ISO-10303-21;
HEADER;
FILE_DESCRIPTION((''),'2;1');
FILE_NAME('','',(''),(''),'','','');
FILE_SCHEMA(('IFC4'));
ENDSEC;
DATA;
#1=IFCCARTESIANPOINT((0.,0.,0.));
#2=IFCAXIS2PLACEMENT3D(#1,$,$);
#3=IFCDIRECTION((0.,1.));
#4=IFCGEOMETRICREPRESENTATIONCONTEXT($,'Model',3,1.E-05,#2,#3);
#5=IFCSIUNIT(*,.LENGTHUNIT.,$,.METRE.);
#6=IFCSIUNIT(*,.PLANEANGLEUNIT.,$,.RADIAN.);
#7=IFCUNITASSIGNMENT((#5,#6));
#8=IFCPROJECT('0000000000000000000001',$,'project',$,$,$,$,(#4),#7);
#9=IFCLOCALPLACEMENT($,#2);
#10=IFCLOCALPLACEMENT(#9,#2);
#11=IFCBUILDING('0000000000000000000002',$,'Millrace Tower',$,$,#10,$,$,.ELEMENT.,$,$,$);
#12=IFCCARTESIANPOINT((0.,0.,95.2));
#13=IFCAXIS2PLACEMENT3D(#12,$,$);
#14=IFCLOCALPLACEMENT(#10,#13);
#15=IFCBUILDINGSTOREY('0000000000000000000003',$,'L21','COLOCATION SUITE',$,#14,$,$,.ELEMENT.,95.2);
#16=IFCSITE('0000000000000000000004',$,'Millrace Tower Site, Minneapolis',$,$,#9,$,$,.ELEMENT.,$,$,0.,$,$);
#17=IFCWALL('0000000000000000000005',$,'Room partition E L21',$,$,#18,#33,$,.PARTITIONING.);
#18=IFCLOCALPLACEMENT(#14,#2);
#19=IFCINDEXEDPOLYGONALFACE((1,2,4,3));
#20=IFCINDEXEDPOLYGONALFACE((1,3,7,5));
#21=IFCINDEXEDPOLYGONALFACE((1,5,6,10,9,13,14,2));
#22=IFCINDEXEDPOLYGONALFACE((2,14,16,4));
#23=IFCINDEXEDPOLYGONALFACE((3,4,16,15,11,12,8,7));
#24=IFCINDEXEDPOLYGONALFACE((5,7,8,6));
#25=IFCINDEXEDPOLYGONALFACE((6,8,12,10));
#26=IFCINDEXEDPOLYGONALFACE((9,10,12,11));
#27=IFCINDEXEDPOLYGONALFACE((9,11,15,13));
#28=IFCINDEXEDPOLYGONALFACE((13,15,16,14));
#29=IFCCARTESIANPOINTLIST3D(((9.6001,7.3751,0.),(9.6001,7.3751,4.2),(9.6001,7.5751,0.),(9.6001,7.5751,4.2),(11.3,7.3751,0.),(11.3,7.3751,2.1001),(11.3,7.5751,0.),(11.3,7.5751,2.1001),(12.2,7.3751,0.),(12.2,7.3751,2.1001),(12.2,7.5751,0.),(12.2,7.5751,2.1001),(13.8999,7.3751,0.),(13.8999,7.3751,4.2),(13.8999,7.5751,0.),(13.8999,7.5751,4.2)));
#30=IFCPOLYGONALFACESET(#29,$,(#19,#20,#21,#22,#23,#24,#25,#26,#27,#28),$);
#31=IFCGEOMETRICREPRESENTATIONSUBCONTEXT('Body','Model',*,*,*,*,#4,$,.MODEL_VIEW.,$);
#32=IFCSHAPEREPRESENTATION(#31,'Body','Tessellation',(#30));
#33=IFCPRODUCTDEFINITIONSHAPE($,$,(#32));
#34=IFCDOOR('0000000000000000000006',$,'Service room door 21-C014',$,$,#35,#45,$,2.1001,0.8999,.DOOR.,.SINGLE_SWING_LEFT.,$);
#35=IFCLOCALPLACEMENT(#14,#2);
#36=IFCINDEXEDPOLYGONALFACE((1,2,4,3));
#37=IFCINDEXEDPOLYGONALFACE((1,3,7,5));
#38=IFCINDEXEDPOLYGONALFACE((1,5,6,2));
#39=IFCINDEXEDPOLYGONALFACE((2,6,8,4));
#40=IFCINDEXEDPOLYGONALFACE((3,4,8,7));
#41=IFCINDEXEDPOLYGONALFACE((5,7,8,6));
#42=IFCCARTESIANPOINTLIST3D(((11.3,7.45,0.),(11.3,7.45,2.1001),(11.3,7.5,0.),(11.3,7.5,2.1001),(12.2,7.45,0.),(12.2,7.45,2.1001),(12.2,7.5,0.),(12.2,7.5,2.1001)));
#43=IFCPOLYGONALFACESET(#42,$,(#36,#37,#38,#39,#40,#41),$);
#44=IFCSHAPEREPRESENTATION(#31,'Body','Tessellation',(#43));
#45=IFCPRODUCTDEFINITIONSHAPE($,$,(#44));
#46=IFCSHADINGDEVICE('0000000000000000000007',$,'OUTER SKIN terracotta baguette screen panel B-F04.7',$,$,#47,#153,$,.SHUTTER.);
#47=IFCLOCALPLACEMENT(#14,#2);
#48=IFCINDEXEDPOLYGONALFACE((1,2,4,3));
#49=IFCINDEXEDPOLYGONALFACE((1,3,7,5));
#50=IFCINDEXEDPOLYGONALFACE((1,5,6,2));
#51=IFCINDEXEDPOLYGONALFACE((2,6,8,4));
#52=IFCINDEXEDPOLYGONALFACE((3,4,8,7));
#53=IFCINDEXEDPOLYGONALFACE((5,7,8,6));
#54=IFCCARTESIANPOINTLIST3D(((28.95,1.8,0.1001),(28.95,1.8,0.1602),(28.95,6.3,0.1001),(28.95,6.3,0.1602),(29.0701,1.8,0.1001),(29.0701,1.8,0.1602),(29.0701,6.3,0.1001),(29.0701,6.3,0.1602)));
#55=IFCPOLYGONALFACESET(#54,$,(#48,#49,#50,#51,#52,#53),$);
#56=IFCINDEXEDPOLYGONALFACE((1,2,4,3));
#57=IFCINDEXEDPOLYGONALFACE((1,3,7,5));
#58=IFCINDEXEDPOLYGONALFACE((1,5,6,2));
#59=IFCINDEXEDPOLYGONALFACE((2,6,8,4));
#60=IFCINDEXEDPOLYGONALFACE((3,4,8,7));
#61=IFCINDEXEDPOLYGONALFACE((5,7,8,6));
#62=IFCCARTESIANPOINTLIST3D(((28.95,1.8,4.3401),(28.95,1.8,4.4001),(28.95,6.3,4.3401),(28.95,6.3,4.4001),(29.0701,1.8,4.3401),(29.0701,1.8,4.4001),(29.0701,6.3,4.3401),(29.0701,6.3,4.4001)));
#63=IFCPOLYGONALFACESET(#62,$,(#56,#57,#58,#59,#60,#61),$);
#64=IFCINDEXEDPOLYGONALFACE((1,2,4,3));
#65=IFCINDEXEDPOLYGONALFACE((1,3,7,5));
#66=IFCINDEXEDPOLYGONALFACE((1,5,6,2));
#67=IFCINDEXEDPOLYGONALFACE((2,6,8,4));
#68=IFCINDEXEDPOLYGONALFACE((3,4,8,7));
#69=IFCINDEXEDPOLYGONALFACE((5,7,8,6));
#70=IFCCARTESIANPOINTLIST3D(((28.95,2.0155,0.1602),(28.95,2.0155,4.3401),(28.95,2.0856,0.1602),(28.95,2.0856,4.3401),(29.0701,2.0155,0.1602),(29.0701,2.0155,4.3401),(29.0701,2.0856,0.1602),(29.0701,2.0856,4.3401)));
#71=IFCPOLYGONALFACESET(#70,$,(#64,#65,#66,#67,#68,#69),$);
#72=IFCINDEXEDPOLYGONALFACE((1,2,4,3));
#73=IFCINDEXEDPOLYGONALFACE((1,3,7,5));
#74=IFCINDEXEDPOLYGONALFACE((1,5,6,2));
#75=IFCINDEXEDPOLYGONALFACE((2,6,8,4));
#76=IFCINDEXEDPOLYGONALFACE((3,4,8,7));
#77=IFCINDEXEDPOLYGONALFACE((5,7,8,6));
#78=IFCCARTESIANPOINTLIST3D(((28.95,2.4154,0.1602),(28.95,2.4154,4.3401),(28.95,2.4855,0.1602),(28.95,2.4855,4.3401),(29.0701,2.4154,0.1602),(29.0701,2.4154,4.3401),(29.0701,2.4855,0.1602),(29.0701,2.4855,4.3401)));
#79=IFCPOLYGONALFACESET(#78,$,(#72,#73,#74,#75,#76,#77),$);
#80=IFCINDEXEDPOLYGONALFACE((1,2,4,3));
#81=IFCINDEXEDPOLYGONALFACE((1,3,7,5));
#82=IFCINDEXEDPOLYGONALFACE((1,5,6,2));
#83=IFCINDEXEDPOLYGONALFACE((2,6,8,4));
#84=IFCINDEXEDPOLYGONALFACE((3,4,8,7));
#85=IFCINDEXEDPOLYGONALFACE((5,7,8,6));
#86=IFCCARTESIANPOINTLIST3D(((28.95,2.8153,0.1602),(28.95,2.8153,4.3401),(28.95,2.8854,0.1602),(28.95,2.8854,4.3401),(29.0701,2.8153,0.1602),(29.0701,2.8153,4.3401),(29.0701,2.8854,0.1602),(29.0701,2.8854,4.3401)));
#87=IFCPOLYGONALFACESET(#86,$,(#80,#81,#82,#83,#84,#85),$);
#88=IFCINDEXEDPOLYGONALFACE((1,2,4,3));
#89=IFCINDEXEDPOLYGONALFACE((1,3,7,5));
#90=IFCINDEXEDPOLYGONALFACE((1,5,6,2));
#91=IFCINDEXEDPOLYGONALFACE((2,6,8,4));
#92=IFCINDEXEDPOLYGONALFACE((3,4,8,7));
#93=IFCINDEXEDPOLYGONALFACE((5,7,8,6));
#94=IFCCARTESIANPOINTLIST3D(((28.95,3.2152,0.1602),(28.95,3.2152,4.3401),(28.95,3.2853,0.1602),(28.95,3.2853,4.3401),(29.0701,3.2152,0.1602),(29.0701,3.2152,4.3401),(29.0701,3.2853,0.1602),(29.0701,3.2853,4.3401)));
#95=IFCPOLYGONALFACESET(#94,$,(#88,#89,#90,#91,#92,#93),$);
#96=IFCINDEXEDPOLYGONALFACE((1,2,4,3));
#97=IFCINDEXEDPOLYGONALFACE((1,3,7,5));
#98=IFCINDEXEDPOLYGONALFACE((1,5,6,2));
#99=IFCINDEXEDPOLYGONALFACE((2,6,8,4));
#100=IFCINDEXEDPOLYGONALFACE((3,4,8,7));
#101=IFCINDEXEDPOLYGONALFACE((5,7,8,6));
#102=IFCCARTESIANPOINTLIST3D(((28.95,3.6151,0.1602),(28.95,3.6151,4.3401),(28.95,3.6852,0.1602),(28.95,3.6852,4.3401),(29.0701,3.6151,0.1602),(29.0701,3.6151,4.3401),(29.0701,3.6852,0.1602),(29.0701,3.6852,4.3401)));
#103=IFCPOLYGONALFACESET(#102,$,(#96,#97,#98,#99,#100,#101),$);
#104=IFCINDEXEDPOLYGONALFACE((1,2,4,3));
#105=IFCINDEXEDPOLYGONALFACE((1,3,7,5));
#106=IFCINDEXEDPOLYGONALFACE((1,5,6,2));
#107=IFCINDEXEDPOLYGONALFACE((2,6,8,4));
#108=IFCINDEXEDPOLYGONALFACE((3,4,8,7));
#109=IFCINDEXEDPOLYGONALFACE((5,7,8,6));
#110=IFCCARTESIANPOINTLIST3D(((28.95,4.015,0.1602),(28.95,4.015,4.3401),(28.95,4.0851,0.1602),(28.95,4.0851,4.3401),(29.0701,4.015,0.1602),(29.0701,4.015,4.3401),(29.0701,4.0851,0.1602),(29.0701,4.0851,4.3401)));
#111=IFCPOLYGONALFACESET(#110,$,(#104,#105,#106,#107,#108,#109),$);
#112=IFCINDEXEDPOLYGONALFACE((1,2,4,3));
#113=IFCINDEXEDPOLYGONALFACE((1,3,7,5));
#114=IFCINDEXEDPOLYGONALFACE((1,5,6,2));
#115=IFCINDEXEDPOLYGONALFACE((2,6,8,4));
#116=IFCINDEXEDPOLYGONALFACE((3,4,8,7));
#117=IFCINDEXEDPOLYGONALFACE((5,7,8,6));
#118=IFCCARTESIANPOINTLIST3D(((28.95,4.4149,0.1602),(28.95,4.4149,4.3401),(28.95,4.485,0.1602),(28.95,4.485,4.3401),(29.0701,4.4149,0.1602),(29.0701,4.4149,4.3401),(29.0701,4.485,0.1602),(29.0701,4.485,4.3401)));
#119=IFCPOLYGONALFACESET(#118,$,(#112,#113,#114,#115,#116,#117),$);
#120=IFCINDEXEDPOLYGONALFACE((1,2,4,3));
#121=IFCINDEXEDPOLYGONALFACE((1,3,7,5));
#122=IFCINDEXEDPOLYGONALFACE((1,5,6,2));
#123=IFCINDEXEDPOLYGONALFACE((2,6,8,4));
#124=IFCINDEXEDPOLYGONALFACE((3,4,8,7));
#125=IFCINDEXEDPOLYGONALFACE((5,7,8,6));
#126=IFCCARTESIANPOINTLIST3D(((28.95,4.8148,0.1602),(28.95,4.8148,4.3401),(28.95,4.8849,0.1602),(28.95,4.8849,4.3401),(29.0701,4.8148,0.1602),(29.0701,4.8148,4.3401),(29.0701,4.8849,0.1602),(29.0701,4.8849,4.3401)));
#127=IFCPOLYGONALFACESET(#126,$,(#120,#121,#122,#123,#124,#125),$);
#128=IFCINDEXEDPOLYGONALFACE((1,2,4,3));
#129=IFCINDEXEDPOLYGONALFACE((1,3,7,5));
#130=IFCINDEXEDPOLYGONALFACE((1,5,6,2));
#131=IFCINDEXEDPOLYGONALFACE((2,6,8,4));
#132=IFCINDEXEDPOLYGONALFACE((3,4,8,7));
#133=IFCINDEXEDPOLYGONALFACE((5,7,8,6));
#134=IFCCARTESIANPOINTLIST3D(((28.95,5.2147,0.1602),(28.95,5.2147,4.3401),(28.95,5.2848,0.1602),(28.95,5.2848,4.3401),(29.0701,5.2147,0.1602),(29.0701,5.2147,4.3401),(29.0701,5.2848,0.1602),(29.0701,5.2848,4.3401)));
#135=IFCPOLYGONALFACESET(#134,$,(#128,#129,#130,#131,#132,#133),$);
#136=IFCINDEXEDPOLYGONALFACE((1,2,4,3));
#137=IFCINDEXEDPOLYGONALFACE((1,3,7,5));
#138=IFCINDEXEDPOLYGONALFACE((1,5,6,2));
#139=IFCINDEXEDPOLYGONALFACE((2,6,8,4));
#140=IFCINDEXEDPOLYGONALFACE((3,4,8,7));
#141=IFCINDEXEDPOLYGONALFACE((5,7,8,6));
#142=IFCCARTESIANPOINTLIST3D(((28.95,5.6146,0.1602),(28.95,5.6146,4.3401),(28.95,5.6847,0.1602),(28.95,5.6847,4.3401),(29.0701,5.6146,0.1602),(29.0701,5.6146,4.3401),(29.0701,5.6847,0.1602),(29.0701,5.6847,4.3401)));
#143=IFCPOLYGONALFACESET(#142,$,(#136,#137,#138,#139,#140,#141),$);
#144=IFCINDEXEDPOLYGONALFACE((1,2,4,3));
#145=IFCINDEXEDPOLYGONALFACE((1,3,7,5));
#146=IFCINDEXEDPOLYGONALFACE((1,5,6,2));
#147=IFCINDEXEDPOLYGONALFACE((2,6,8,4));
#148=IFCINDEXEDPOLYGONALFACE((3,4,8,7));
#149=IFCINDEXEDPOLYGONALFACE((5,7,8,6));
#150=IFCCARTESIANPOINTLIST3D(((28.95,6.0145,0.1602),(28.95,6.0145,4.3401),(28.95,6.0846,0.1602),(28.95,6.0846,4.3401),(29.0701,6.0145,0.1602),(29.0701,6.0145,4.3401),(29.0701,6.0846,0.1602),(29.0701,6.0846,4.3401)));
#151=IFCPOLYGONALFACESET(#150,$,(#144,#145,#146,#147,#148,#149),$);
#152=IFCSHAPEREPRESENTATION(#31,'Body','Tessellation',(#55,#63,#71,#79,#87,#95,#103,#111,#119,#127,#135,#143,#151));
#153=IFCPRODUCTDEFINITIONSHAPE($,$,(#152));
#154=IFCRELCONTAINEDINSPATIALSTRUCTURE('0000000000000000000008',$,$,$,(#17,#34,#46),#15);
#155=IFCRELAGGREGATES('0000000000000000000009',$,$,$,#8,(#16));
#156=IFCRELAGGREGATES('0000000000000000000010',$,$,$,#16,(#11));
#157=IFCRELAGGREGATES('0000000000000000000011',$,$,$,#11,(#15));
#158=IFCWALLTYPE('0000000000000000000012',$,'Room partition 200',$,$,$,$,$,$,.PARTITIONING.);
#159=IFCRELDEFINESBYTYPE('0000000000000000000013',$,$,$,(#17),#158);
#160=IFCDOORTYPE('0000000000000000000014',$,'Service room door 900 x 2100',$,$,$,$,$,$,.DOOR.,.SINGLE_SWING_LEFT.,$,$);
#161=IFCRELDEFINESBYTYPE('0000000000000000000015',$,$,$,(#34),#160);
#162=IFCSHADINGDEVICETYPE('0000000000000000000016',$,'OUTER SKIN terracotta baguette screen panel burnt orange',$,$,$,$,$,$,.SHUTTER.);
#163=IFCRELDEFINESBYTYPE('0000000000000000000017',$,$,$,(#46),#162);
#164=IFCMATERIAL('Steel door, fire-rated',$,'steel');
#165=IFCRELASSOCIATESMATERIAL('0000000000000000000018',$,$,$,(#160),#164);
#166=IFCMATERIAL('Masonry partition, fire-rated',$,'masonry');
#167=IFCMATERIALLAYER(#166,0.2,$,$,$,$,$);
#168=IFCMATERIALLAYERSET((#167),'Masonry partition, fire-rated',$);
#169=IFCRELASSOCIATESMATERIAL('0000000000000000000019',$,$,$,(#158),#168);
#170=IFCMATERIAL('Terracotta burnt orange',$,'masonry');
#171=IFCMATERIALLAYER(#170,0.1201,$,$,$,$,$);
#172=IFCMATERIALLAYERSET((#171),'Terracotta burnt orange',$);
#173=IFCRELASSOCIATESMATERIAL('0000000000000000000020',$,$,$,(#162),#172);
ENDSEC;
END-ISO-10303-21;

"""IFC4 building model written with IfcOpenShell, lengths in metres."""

from ifc_helpers import new_model, entity, si_unit, direction, frame, frame_2d, origin, origin_2d, place, context, subcontext, project, spatial, rectangle, extrude, source, transform, mapped, material, layer, layer_set, type_object, element, fill, save


model = new_model("IFC4")

# Units and contexts
model_context = context("Model", 3, precision=1e-05, world=origin(), true_north=direction((0.0, 1.0)))
body_context = subcontext(model_context, "Body", "Model", "MODEL_VIEW")
ifc_project = project(units=[si_unit("LENGTHUNIT", "METRE"), si_unit("PLANEANGLEUNIT", "RADIAN")], contexts=[model_context])

# Site, building, storey
site_placement = place(None, origin())
site = spatial("IfcSite", under=ifc_project, at=site_placement, Name="Millrace Tower Site, Minneapolis", CompositionType="ELEMENT", RefElevation=0.0)
building_placement = place(site_placement, origin())
building = spatial("IfcBuilding", under=site, at=building_placement, Name="Millrace Tower", CompositionType="ELEMENT")
storey_placement = place(building_placement, frame((0.0, 0.0, 95.2)))
storey = spatial("IfcBuildingStorey", under=building, at=storey_placement, Name="L21", Description="COLOCATION SUITE", CompositionType="ELEMENT", Elevation=95.2)

# Shared definitions
ifc_material_1 = material(Name="Steel door, fire-rated", Category="steel")
door_type_1 = type_object("IfcDoorType", Name="Service room door 900 x 2100", OperationType="SINGLE_SWING_LEFT", PredefinedType="DOOR", material=ifc_material_1)

# Wall, opening, door
ifc_material_2 = material(Name="Masonry partition, fire-rated", Category="masonry")
ifc_layer_1 = layer(ifc_material_2, 0.2)
ifc_layer_set_1 = layer_set([ifc_layer_1], Name="Masonry partition, fire-rated")
wall_type_1 = type_object("IfcWallType", Name="Room partition 200", PredefinedType="PARTITIONING", material=ifc_layer_set_1)
wall_1_placement = place(storey_placement, frame((13.8999, 7.4751, 0.0), z_axis=(0.0, 0.0, 1.0), x_axis=(-1.0, 0.0, 0.0)))
wall_1 = element("IfcWall", 1, at=wall_1_placement, inside=storey, type_object=wall_type_1, Name="Room partition E L21", PredefinedType="PARTITIONING", context=body_context, shape_type="SweptSolid", body=[
    extrude(rectangle(XDim=4.2998, YDim=0.2, at=frame_2d((2.1499, 0.0))), origin(), (0.0, 0.0, 1.0), 4.2),
])
opening_1_placement = place(wall_1_placement, frame((1.7, 0.0, 0.0)))
opening_1 = element("IfcOpeningElement", 2, at=opening_1_placement, cuts=wall_1, PredefinedType="OPENING", context=body_context, shape_type="SweptSolid", body=[
    extrude(rectangle(XDim=0.8999, YDim=2.1001, at=frame_2d((0.45, 1.05))), frame((0.0, 0.1099, 0.0), z_axis=(0.0, -1.0, 0.0), x_axis=(1.0, 0.0, 0.0)), (0.0, 0.0, 1.0), 0.22),
])
door_1_placement = place(opening_1_placement, frame((0.8999, 0.0, 0.0), z_axis=(0.0, 0.0, 1.0), x_axis=(-1.0, 0.0, 0.0)))
door_1 = element("IfcDoor", 3, at=door_1_placement, inside=storey, type_object=door_type_1, Name="Service room door 21-C014", OperationType="SINGLE_SWING_LEFT", OverallHeight=2.1001, OverallWidth=0.8999, PredefinedType="DOOR", context=body_context, shape_type="SweptSolid", body=[
    extrude(rectangle(XDim=0.8999, YDim=2.1001, at=frame_2d((0.45, 1.05))), frame((0.0, 0.0249, 0.0), z_axis=(0.0, -1.0, 0.0), x_axis=(1.0, 0.0, 0.0)), (0.0, 0.0, 1.0), 0.05),
])
fill(opening_1, door_1)

# Shading device
ifc_material_3 = material(Name="Terracotta burnt orange", Category="masonry")
ifc_layer_2 = layer(ifc_material_3, 0.1201)
ifc_layer_set_2 = layer_set([ifc_layer_2], Name="Terracotta burnt orange")
shading_device_type = type_object("IfcShadingDeviceType", Name="OUTER SKIN terracotta baguette screen panel burnt orange", PredefinedType="SHUTTER", material=ifc_layer_set_2)
cartesian_point = entity("IfcCartesianPoint", [-2.25, 0.0601])
shared_polyline = entity("IfcPolyline", [cartesian_point, entity("IfcCartesianPoint", [2.25, 0.0601]), entity("IfcCartesianPoint", [2.25, -0.0601]), entity("IfcCartesianPoint", [-2.25, -0.0601]), cartesian_point])
shared_shape = source(origin(), body_context, "Body", "SweptSolid", [
    entity("IfcExtrudedAreaSolid", entity("IfcArbitraryClosedProfileDef", "AREA", None, shared_polyline), entity("IfcAxis2Placement3D", entity("IfcCartesianPoint", [0.0, 0.0, 0.0])), entity("IfcDirection", [0.0, 0.0, 1.0]), 0.0601),
    entity("IfcExtrudedAreaSolid", entity("IfcArbitraryClosedProfileDef", "AREA", None, shared_polyline), entity("IfcAxis2Placement3D", entity("IfcCartesianPoint", [0.0, 0.0, 4.24])), entity("IfcDirection", [0.0, 0.0, 1.0]), 0.0601),
    extrude(rectangle(XDim=0.0701, YDim=0.1201, at=frame_2d((-1.9995, 0.0))), frame((0.0, 0.0, 0.0601)), (0.0, 0.0, 1.0), 4.1799),
    extrude(rectangle(XDim=0.0701, YDim=0.1201, at=frame_2d((-1.5996, 0.0))), frame((0.0, 0.0, 0.0601)), (0.0, 0.0, 1.0), 4.1799),
    extrude(rectangle(XDim=0.0701, YDim=0.1201, at=frame_2d((-1.1997, 0.0))), frame((0.0, 0.0, 0.0601)), (0.0, 0.0, 1.0), 4.1799),
    extrude(rectangle(XDim=0.0701, YDim=0.1201, at=frame_2d((-0.7998, 0.0))), frame((0.0, 0.0, 0.0601)), (0.0, 0.0, 1.0), 4.1799),
    extrude(rectangle(XDim=0.0701, YDim=0.1201, at=frame_2d((-0.3999, 0.0))), frame((0.0, 0.0, 0.0601)), (0.0, 0.0, 1.0), 4.1799),
    extrude(rectangle(XDim=0.0701, YDim=0.1201, at=origin_2d()), frame((0.0, 0.0, 0.0601)), (0.0, 0.0, 1.0), 4.1799),
    extrude(rectangle(XDim=0.0701, YDim=0.1201, at=frame_2d((0.3999, 0.0))), frame((0.0, 0.0, 0.0601)), (0.0, 0.0, 1.0), 4.1799),
    extrude(rectangle(XDim=0.0701, YDim=0.1201, at=frame_2d((0.7998, 0.0))), frame((0.0, 0.0, 0.0601)), (0.0, 0.0, 1.0), 4.1799),
    extrude(rectangle(XDim=0.0701, YDim=0.1201, at=frame_2d((1.1997, 0.0))), frame((0.0, 0.0, 0.0601)), (0.0, 0.0, 1.0), 4.1799),
    extrude(rectangle(XDim=0.0701, YDim=0.1201, at=frame_2d((1.5996, 0.0))), frame((0.0, 0.0, 0.0601)), (0.0, 0.0, 1.0), 4.1799),
    extrude(rectangle(XDim=0.0701, YDim=0.1201, at=frame_2d((1.9995, 0.0))), frame((0.0, 0.0, 0.0601)), (0.0, 0.0, 1.0), 4.1799),
])
for number, where, z_axis, x_axis, name in (
    (4, (29.01, 4.05, 0.1001), (0.0, 0.0, 1.0), (0.0, 1.0, 0.0), "OUTER SKIN terracotta baguette screen panel B-F04.7"),
):
    element("IfcShadingDevice", number, at=place(storey_placement, frame(where, z_axis=z_axis, x_axis=x_axis)), inside=storey, type_object=shading_device_type, Name=name, PredefinedType="SHUTTER", context=body_context, shape_type="MappedRepresentation", body=[
        mapped(shared_shape, transform((0.0, 0.0, 0.0), scale=1.0)),
    ])

save(model, "model.ifc")
